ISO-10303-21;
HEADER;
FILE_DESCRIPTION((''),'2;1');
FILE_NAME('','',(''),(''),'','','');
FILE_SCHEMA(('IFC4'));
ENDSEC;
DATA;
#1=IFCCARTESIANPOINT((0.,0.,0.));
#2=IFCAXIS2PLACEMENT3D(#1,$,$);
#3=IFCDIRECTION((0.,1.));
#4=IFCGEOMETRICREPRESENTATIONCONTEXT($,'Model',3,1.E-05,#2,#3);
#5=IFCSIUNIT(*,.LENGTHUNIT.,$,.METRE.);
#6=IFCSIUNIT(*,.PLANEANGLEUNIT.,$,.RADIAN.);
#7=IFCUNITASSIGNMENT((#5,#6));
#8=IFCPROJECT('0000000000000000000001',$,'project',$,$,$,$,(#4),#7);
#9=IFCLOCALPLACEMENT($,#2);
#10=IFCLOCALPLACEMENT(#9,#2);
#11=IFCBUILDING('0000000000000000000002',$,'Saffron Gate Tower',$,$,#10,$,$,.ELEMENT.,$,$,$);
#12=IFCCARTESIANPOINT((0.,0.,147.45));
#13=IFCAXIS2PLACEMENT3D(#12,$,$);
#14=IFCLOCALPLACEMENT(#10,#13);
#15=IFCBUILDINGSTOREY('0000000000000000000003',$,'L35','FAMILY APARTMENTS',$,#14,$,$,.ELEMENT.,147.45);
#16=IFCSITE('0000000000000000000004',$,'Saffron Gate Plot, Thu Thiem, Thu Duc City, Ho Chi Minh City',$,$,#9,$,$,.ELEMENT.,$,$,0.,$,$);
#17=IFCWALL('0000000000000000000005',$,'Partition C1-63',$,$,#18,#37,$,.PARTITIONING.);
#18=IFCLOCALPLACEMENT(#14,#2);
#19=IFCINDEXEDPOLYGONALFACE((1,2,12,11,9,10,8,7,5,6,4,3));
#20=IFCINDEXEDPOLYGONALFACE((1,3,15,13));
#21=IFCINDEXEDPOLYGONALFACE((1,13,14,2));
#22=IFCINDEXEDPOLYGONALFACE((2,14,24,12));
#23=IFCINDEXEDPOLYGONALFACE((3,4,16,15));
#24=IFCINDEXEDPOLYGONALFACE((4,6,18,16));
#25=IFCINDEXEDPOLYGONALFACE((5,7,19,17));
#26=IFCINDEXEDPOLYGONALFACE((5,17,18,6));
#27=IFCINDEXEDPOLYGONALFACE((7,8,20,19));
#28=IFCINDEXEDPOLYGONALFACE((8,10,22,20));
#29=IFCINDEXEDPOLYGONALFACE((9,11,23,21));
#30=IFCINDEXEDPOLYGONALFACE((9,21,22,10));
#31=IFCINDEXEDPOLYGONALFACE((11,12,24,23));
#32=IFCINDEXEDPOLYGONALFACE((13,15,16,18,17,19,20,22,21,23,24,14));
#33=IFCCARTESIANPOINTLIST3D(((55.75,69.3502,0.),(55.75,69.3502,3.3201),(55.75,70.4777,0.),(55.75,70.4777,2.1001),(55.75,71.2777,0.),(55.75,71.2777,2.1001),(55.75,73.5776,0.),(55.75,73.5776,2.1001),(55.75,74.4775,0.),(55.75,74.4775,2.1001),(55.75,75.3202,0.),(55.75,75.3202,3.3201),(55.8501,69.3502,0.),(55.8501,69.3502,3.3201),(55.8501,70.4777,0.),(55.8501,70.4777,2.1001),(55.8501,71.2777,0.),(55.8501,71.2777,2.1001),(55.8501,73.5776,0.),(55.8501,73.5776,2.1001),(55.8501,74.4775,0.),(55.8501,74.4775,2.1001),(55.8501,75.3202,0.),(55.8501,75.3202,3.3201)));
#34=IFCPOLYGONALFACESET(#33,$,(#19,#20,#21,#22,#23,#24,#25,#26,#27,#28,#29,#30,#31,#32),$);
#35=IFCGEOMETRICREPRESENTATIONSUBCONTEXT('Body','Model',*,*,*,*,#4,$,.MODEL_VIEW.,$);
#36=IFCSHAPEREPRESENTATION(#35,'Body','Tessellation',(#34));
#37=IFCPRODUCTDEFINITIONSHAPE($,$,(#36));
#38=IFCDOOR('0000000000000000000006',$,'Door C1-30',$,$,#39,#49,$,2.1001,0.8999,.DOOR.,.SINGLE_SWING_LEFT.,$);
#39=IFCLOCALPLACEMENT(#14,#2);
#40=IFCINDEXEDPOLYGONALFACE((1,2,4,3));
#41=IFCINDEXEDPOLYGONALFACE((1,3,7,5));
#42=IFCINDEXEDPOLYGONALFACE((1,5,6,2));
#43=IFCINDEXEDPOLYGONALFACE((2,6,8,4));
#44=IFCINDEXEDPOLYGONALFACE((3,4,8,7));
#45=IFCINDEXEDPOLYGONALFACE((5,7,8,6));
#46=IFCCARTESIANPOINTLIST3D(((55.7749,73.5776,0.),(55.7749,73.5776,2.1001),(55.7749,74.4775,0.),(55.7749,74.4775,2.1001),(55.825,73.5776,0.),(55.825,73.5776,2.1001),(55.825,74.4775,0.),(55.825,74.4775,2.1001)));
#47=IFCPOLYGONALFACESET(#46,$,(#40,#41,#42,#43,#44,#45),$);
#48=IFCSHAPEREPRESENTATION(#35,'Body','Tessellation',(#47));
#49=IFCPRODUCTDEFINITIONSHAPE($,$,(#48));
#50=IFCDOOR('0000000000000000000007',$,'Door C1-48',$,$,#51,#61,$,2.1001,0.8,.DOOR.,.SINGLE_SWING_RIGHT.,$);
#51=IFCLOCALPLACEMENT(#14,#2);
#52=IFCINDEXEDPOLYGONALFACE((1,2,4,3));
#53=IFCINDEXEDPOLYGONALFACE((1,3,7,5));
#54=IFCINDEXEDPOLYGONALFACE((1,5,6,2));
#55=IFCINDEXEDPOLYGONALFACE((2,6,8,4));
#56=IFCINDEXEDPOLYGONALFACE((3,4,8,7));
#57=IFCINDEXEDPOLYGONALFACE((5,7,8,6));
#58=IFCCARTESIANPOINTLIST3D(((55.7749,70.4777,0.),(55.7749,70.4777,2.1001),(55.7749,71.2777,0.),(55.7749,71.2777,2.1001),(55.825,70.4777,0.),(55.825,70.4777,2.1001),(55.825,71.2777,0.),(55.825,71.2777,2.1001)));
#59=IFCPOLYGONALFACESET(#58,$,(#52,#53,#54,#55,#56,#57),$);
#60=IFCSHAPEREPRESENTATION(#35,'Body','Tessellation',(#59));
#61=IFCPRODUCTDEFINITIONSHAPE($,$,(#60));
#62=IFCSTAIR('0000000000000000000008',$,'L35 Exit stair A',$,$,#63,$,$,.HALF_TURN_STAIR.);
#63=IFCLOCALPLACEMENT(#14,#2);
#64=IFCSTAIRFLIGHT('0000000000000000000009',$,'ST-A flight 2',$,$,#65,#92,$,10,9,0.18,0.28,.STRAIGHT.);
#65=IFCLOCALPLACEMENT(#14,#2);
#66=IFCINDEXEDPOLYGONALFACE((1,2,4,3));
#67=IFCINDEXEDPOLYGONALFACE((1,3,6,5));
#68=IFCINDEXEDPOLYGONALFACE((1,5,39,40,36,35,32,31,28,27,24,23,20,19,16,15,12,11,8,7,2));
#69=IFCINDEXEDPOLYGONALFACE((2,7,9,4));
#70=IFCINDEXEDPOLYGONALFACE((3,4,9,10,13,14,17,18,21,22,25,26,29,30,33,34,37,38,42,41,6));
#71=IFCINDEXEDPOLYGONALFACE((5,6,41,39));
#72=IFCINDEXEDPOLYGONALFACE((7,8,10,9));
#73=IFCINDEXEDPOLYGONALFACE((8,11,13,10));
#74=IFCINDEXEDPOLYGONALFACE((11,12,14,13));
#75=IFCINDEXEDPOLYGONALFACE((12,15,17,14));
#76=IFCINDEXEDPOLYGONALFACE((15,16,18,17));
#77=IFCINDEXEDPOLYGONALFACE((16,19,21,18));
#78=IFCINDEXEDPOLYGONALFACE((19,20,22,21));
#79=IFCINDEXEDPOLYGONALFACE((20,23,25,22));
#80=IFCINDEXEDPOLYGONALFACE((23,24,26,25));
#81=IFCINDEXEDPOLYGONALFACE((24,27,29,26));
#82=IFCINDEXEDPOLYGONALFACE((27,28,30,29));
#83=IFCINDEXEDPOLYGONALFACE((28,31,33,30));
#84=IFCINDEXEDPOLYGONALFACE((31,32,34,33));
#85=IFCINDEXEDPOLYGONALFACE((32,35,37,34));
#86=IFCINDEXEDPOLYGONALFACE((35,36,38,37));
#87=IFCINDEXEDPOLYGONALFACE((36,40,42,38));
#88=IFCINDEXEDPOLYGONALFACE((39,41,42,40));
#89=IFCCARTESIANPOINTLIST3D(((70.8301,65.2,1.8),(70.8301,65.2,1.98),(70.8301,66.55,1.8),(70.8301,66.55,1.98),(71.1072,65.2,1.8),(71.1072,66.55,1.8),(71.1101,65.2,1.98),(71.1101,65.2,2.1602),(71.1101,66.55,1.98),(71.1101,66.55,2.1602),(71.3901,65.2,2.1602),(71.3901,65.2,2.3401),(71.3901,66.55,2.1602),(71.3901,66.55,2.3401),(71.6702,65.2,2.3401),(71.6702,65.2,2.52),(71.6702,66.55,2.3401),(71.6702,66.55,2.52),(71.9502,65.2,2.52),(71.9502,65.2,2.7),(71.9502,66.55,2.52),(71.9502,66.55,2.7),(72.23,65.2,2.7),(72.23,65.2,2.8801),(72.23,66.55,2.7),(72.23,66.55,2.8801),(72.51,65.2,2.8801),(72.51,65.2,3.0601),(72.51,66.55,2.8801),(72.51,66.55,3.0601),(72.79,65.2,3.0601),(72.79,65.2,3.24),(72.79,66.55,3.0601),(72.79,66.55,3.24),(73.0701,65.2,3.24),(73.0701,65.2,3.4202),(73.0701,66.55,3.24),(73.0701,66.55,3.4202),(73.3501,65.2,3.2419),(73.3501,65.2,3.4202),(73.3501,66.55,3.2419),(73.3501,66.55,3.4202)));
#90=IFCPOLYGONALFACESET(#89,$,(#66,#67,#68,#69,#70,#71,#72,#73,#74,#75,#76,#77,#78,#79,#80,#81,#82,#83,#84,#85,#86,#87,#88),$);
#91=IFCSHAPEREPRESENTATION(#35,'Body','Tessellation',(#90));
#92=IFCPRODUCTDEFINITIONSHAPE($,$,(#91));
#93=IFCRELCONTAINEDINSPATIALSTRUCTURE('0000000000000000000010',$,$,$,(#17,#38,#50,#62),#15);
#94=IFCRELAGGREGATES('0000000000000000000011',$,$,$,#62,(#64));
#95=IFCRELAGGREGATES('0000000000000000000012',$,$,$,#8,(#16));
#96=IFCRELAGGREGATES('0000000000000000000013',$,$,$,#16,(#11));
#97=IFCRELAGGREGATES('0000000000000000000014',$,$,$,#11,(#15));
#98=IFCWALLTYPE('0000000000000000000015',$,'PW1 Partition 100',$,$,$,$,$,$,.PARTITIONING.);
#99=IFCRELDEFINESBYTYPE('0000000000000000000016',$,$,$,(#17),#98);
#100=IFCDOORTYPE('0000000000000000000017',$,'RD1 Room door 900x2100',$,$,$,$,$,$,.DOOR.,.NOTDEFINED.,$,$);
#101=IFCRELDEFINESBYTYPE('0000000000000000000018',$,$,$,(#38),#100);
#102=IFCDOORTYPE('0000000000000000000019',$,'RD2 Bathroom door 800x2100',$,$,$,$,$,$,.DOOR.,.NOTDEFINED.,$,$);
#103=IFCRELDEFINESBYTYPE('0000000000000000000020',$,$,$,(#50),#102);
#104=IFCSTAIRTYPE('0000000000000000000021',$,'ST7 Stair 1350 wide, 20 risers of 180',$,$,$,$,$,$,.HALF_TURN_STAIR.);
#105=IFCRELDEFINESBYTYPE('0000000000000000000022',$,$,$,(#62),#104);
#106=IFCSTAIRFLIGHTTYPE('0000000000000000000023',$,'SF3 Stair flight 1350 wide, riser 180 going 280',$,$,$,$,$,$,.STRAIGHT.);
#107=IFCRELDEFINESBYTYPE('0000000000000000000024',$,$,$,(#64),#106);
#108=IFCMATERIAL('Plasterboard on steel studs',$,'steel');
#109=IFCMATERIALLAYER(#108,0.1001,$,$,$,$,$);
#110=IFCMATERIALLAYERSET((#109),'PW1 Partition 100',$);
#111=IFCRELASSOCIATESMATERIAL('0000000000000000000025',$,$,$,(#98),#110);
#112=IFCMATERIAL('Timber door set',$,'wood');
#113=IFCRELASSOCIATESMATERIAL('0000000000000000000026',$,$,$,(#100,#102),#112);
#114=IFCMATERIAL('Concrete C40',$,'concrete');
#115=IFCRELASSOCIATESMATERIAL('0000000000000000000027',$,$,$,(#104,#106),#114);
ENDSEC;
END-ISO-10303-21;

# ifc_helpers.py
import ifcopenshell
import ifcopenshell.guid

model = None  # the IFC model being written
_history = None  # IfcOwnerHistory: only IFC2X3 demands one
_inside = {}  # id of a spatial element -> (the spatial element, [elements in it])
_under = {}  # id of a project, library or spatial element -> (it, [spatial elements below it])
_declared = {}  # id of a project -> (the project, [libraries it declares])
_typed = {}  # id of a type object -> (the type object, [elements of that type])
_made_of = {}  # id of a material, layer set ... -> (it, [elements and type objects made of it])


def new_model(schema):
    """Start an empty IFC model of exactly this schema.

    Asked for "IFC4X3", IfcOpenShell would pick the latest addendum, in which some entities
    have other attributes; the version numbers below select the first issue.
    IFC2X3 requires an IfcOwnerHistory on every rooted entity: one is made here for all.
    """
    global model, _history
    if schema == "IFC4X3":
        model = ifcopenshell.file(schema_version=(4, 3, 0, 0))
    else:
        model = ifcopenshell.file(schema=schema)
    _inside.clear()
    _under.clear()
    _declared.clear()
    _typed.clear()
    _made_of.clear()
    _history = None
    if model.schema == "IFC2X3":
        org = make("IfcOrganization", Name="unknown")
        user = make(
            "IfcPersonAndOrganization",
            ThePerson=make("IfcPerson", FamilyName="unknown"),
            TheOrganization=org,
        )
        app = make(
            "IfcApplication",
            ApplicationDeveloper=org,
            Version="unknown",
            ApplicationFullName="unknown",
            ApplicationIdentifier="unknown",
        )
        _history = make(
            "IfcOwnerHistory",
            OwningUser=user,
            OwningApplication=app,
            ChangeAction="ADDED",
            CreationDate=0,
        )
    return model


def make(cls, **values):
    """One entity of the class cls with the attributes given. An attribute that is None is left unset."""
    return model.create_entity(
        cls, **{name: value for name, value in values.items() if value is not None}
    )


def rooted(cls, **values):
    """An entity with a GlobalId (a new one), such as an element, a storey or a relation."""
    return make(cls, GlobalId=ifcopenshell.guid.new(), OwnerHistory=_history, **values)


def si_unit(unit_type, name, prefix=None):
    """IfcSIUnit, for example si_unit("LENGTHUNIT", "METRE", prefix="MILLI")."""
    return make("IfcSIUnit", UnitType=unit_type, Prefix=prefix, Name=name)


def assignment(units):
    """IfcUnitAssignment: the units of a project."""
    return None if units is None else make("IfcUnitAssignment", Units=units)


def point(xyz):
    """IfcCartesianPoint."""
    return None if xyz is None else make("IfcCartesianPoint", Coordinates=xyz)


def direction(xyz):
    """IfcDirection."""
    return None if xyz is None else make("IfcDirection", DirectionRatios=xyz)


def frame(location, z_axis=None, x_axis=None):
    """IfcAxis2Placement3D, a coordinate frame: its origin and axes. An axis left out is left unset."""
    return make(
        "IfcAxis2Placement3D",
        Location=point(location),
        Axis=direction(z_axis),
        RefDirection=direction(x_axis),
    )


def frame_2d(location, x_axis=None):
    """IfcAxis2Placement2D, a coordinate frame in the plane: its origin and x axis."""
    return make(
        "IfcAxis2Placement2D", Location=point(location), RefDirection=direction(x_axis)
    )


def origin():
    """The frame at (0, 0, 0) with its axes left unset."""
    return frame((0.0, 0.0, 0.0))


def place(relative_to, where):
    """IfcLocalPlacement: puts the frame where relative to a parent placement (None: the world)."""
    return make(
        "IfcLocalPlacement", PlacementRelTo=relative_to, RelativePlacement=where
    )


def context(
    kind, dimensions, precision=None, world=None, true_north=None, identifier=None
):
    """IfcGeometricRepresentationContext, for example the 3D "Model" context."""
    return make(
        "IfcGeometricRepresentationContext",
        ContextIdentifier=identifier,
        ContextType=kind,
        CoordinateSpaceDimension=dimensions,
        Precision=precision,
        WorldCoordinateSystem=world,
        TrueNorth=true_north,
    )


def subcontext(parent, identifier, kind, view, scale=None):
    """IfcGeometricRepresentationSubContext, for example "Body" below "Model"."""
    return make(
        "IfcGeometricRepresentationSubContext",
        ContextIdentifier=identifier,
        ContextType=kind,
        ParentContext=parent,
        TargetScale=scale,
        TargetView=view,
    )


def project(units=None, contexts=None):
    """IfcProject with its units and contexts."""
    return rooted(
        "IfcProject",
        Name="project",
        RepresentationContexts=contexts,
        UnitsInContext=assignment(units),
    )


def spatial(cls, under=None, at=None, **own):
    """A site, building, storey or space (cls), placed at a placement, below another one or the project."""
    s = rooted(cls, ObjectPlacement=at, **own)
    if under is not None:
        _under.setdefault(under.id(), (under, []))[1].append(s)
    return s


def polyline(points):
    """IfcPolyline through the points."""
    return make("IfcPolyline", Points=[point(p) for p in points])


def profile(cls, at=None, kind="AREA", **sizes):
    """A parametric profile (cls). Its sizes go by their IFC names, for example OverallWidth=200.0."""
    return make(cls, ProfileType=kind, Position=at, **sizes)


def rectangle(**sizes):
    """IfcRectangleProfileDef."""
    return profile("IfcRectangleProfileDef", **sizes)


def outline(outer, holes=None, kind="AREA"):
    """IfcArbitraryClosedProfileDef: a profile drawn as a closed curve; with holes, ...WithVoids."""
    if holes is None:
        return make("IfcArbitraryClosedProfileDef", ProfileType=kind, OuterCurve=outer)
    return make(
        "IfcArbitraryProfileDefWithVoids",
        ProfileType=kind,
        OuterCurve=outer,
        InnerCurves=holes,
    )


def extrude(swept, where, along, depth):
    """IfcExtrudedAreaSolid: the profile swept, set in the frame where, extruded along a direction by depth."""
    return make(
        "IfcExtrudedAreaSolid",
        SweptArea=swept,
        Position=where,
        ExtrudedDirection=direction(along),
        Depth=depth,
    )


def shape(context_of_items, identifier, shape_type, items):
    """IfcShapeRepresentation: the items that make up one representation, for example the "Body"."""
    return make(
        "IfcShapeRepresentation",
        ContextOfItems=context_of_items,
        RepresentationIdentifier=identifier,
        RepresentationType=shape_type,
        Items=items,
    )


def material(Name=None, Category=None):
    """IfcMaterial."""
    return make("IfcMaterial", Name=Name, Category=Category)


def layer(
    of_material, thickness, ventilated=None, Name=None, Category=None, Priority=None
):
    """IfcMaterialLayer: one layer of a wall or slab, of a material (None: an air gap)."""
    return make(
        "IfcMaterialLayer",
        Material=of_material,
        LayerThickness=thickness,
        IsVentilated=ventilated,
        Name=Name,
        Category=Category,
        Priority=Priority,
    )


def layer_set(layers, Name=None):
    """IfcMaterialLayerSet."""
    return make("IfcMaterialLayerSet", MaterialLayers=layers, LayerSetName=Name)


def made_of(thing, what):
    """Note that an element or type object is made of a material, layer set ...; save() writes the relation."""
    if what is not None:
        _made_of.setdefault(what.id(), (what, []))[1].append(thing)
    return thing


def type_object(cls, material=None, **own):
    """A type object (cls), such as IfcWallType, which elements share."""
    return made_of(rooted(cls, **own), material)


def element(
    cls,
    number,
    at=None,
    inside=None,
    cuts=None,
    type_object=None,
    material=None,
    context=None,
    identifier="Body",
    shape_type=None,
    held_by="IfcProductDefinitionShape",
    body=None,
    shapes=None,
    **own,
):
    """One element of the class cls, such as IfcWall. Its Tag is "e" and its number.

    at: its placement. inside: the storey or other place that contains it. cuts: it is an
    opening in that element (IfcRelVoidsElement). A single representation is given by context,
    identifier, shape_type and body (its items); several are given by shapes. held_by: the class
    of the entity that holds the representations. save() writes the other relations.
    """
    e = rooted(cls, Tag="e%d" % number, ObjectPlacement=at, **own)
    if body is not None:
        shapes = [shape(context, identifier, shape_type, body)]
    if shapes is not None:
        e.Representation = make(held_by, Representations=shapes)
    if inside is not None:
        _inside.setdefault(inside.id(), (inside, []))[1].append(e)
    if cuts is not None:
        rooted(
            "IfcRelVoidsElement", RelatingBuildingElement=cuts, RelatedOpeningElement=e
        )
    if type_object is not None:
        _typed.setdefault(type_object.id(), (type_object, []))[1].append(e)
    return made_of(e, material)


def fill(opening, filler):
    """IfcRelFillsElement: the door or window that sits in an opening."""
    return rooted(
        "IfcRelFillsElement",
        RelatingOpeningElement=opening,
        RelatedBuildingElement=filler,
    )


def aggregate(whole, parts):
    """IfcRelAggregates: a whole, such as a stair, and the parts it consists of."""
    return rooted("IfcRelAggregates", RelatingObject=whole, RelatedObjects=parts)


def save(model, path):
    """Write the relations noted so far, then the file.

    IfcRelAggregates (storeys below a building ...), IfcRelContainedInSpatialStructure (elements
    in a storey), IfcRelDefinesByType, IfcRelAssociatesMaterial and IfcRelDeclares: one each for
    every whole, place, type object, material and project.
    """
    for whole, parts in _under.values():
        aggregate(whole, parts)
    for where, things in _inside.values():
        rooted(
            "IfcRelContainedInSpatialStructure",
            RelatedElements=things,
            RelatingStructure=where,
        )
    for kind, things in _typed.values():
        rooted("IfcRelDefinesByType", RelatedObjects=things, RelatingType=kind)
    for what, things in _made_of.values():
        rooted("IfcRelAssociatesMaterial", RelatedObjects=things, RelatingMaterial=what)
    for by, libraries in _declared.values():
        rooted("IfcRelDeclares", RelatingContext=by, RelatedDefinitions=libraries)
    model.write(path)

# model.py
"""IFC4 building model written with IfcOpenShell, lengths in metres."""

from ifc_helpers import new_model, si_unit, direction, frame, frame_2d, origin, place, context, subcontext, project, spatial, polyline, rectangle, outline, extrude, material, layer, layer_set, type_object, element, fill, aggregate, save


model = new_model("IFC4")

# Units and contexts
model_context = context("Model", 3, precision=1e-05, world=origin(), true_north=direction((0.0, 1.0)))
body_context = subcontext(model_context, "Body", "Model", "MODEL_VIEW")
ifc_project = project(units=[si_unit("LENGTHUNIT", "METRE"), si_unit("PLANEANGLEUNIT", "RADIAN")], contexts=[model_context])

# Site, building, storey
site_placement = place(None, origin())
site = spatial("IfcSite", under=ifc_project, at=site_placement, Name="Saffron Gate Plot, Thu Thiem, Thu Duc City, Ho Chi Minh City", CompositionType="ELEMENT", RefElevation=0.0)
building_placement = place(site_placement, origin())
building = spatial("IfcBuilding", under=site, at=building_placement, Name="Saffron Gate Tower", CompositionType="ELEMENT")
storey_placement = place(building_placement, frame((0.0, 0.0, 147.45)))
storey = spatial("IfcBuildingStorey", under=building, at=storey_placement, Name="L35", Description="FAMILY APARTMENTS", CompositionType="ELEMENT", Elevation=147.45)

# Wall, openings, doors
ifc_material_1 = material(Name="Plasterboard on steel studs", Category="steel")
ifc_layer_1 = layer(ifc_material_1, 0.1001)
ifc_layer_set_1 = layer_set([ifc_layer_1], Name="PW1 Partition 100")
wall_type_1 = type_object("IfcWallType", Name="PW1 Partition 100", PredefinedType="PARTITIONING", material=ifc_layer_set_1)
wall_1_placement = place(storey_placement, frame((55.8, 75.3201, 0.0), z_axis=(0.0, 0.0, 1.0), x_axis=(0.0, -1.0, 0.0)))
wall_1 = element("IfcWall", 1, at=wall_1_placement, inside=storey, type_object=wall_type_1, Name="Partition C1-63", PredefinedType="PARTITIONING", context=body_context, shape_type="SweptSolid", body=[
    extrude(rectangle(XDim=5.97, YDim=0.1001, at=frame_2d((2.9849, 0.0))), origin(), (0.0, 0.0, 1.0), 3.3201),
])
opening_1_placement = place(wall_1_placement, frame((0.8425, 0.0, 0.0)))
opening_1 = element("IfcOpeningElement", 2, at=opening_1_placement, cuts=wall_1, PredefinedType="OPENING", context=body_context, shape_type="SweptSolid", body=[
    extrude(rectangle(XDim=0.8999, YDim=2.1001, at=frame_2d((0.45, 1.05))), frame((0.0, 0.0601, 0.0), z_axis=(0.0, -1.0, 0.0), x_axis=(1.0, 0.0, 0.0)), (0.0, 0.0, 1.0), 0.1201),
])
opening_2_placement = place(wall_1_placement, frame((4.0425, 0.0, 0.0)))
opening_2 = element("IfcOpeningElement", 3, at=opening_2_placement, cuts=wall_1, PredefinedType="OPENING", context=body_context, shape_type="SweptSolid", body=[
    extrude(rectangle(XDim=0.8, YDim=2.1001, at=frame_2d((0.3999, 1.05))), frame((0.0, 0.0601, 0.0), z_axis=(0.0, -1.0, 0.0), x_axis=(1.0, 0.0, 0.0)), (0.0, 0.0, 1.0), 0.1201),
])
ifc_material_2 = material(Name="Timber door set", Category="wood")
door_type_1 = type_object("IfcDoorType", Name="RD1 Room door 900x2100", OperationType="NOTDEFINED", PredefinedType="DOOR", material=ifc_material_2)
door_1_placement = place(opening_1_placement, origin())
door_1 = element("IfcDoor", 4, at=door_1_placement, inside=storey, type_object=door_type_1, Name="Door C1-30", OperationType="SINGLE_SWING_LEFT", OverallHeight=2.1001, OverallWidth=0.8999, PredefinedType="DOOR", context=body_context, shape_type="SweptSolid", body=[
    extrude(rectangle(XDim=0.8999, YDim=2.1001, at=frame_2d((0.45, 1.05))), frame((0.0, 0.0249, 0.0), z_axis=(0.0, -1.0, 0.0), x_axis=(1.0, 0.0, 0.0)), (0.0, 0.0, 1.0), 0.05),
])
fill(opening_1, door_1)
door_type_2 = type_object("IfcDoorType", Name="RD2 Bathroom door 800x2100", OperationType="NOTDEFINED", PredefinedType="DOOR", material=ifc_material_2)
door_2_placement = place(opening_2_placement, origin())
door_2 = element("IfcDoor", 5, at=door_2_placement, inside=storey, type_object=door_type_2, Name="Door C1-48", OperationType="SINGLE_SWING_RIGHT", OverallHeight=2.1001, OverallWidth=0.8, PredefinedType="DOOR", context=body_context, shape_type="SweptSolid", body=[
    extrude(rectangle(XDim=0.8, YDim=2.1001, at=frame_2d((0.3999, 1.05))), frame((0.0, 0.0249, 0.0), z_axis=(0.0, -1.0, 0.0), x_axis=(1.0, 0.0, 0.0)), (0.0, 0.0, 1.0), 0.05),
])
fill(opening_2, door_2)

# Stair, stair flight
ifc_material_3 = material(Name="Concrete C40", Category="concrete")
stair_type = type_object("IfcStairType", Name="ST7 Stair 1350 wide, 20 risers of 180", PredefinedType="HALF_TURN_STAIR", material=ifc_material_3)
stair_placement = place(storey_placement, origin())
stair = element("IfcStair", 6, at=stair_placement, inside=storey, type_object=stair_type, Name="L35 Exit stair A", PredefinedType="HALF_TURN_STAIR")
stair_flight_type = type_object("IfcStairFlightType", Name="SF3 Stair flight 1350 wide, riser 180 going 280", PredefinedType="STRAIGHT", material=ifc_material_3)
stair_flight_placement = place(storey_placement, frame((70.8301, 65.875, 1.8), z_axis=(0.0, 0.0, 1.0), x_axis=(1.0, 0.0, 0.0)))
stair_flight = element("IfcStairFlight", 7, at=stair_flight_placement, type_object=stair_flight_type, Name="ST-A flight 2", NumberOfRisers=10, NumberOfTreads=9, PredefinedType="STRAIGHT", RiserHeight=0.18, TreadLength=0.28, context=body_context, shape_type="SweptSolid", body=[
    extrude(outline(polyline([(0.0, 0.0), (0.0, 0.1799), (0.28, 0.1799), (0.28, 0.3601), (0.5601, 0.3601), (0.5601, 0.54), (0.8401, 0.54), (0.8401, 0.72), (1.1201, 0.72), (1.1201, 0.8999), (1.3999, 0.8999), (1.3999, 1.0801), (1.6799, 1.0801), (1.6799, 1.26), (1.96, 1.26), (1.96, 1.4399), (2.24, 1.4399), (2.24, 1.6201), (2.52, 1.6201), (2.52, 1.8), (2.52, 1.4419), (0.2771, 0.0), (0.0, 0.0)])), frame((0.0, 0.675, 0.0), z_axis=(0.0, -1.0, 0.0), x_axis=(1.0, 0.0, 0.0)), (0.0, 0.0, 1.0), 1.3501),
])
aggregate(stair, [stair_flight])

save(model, "model.ifc")
